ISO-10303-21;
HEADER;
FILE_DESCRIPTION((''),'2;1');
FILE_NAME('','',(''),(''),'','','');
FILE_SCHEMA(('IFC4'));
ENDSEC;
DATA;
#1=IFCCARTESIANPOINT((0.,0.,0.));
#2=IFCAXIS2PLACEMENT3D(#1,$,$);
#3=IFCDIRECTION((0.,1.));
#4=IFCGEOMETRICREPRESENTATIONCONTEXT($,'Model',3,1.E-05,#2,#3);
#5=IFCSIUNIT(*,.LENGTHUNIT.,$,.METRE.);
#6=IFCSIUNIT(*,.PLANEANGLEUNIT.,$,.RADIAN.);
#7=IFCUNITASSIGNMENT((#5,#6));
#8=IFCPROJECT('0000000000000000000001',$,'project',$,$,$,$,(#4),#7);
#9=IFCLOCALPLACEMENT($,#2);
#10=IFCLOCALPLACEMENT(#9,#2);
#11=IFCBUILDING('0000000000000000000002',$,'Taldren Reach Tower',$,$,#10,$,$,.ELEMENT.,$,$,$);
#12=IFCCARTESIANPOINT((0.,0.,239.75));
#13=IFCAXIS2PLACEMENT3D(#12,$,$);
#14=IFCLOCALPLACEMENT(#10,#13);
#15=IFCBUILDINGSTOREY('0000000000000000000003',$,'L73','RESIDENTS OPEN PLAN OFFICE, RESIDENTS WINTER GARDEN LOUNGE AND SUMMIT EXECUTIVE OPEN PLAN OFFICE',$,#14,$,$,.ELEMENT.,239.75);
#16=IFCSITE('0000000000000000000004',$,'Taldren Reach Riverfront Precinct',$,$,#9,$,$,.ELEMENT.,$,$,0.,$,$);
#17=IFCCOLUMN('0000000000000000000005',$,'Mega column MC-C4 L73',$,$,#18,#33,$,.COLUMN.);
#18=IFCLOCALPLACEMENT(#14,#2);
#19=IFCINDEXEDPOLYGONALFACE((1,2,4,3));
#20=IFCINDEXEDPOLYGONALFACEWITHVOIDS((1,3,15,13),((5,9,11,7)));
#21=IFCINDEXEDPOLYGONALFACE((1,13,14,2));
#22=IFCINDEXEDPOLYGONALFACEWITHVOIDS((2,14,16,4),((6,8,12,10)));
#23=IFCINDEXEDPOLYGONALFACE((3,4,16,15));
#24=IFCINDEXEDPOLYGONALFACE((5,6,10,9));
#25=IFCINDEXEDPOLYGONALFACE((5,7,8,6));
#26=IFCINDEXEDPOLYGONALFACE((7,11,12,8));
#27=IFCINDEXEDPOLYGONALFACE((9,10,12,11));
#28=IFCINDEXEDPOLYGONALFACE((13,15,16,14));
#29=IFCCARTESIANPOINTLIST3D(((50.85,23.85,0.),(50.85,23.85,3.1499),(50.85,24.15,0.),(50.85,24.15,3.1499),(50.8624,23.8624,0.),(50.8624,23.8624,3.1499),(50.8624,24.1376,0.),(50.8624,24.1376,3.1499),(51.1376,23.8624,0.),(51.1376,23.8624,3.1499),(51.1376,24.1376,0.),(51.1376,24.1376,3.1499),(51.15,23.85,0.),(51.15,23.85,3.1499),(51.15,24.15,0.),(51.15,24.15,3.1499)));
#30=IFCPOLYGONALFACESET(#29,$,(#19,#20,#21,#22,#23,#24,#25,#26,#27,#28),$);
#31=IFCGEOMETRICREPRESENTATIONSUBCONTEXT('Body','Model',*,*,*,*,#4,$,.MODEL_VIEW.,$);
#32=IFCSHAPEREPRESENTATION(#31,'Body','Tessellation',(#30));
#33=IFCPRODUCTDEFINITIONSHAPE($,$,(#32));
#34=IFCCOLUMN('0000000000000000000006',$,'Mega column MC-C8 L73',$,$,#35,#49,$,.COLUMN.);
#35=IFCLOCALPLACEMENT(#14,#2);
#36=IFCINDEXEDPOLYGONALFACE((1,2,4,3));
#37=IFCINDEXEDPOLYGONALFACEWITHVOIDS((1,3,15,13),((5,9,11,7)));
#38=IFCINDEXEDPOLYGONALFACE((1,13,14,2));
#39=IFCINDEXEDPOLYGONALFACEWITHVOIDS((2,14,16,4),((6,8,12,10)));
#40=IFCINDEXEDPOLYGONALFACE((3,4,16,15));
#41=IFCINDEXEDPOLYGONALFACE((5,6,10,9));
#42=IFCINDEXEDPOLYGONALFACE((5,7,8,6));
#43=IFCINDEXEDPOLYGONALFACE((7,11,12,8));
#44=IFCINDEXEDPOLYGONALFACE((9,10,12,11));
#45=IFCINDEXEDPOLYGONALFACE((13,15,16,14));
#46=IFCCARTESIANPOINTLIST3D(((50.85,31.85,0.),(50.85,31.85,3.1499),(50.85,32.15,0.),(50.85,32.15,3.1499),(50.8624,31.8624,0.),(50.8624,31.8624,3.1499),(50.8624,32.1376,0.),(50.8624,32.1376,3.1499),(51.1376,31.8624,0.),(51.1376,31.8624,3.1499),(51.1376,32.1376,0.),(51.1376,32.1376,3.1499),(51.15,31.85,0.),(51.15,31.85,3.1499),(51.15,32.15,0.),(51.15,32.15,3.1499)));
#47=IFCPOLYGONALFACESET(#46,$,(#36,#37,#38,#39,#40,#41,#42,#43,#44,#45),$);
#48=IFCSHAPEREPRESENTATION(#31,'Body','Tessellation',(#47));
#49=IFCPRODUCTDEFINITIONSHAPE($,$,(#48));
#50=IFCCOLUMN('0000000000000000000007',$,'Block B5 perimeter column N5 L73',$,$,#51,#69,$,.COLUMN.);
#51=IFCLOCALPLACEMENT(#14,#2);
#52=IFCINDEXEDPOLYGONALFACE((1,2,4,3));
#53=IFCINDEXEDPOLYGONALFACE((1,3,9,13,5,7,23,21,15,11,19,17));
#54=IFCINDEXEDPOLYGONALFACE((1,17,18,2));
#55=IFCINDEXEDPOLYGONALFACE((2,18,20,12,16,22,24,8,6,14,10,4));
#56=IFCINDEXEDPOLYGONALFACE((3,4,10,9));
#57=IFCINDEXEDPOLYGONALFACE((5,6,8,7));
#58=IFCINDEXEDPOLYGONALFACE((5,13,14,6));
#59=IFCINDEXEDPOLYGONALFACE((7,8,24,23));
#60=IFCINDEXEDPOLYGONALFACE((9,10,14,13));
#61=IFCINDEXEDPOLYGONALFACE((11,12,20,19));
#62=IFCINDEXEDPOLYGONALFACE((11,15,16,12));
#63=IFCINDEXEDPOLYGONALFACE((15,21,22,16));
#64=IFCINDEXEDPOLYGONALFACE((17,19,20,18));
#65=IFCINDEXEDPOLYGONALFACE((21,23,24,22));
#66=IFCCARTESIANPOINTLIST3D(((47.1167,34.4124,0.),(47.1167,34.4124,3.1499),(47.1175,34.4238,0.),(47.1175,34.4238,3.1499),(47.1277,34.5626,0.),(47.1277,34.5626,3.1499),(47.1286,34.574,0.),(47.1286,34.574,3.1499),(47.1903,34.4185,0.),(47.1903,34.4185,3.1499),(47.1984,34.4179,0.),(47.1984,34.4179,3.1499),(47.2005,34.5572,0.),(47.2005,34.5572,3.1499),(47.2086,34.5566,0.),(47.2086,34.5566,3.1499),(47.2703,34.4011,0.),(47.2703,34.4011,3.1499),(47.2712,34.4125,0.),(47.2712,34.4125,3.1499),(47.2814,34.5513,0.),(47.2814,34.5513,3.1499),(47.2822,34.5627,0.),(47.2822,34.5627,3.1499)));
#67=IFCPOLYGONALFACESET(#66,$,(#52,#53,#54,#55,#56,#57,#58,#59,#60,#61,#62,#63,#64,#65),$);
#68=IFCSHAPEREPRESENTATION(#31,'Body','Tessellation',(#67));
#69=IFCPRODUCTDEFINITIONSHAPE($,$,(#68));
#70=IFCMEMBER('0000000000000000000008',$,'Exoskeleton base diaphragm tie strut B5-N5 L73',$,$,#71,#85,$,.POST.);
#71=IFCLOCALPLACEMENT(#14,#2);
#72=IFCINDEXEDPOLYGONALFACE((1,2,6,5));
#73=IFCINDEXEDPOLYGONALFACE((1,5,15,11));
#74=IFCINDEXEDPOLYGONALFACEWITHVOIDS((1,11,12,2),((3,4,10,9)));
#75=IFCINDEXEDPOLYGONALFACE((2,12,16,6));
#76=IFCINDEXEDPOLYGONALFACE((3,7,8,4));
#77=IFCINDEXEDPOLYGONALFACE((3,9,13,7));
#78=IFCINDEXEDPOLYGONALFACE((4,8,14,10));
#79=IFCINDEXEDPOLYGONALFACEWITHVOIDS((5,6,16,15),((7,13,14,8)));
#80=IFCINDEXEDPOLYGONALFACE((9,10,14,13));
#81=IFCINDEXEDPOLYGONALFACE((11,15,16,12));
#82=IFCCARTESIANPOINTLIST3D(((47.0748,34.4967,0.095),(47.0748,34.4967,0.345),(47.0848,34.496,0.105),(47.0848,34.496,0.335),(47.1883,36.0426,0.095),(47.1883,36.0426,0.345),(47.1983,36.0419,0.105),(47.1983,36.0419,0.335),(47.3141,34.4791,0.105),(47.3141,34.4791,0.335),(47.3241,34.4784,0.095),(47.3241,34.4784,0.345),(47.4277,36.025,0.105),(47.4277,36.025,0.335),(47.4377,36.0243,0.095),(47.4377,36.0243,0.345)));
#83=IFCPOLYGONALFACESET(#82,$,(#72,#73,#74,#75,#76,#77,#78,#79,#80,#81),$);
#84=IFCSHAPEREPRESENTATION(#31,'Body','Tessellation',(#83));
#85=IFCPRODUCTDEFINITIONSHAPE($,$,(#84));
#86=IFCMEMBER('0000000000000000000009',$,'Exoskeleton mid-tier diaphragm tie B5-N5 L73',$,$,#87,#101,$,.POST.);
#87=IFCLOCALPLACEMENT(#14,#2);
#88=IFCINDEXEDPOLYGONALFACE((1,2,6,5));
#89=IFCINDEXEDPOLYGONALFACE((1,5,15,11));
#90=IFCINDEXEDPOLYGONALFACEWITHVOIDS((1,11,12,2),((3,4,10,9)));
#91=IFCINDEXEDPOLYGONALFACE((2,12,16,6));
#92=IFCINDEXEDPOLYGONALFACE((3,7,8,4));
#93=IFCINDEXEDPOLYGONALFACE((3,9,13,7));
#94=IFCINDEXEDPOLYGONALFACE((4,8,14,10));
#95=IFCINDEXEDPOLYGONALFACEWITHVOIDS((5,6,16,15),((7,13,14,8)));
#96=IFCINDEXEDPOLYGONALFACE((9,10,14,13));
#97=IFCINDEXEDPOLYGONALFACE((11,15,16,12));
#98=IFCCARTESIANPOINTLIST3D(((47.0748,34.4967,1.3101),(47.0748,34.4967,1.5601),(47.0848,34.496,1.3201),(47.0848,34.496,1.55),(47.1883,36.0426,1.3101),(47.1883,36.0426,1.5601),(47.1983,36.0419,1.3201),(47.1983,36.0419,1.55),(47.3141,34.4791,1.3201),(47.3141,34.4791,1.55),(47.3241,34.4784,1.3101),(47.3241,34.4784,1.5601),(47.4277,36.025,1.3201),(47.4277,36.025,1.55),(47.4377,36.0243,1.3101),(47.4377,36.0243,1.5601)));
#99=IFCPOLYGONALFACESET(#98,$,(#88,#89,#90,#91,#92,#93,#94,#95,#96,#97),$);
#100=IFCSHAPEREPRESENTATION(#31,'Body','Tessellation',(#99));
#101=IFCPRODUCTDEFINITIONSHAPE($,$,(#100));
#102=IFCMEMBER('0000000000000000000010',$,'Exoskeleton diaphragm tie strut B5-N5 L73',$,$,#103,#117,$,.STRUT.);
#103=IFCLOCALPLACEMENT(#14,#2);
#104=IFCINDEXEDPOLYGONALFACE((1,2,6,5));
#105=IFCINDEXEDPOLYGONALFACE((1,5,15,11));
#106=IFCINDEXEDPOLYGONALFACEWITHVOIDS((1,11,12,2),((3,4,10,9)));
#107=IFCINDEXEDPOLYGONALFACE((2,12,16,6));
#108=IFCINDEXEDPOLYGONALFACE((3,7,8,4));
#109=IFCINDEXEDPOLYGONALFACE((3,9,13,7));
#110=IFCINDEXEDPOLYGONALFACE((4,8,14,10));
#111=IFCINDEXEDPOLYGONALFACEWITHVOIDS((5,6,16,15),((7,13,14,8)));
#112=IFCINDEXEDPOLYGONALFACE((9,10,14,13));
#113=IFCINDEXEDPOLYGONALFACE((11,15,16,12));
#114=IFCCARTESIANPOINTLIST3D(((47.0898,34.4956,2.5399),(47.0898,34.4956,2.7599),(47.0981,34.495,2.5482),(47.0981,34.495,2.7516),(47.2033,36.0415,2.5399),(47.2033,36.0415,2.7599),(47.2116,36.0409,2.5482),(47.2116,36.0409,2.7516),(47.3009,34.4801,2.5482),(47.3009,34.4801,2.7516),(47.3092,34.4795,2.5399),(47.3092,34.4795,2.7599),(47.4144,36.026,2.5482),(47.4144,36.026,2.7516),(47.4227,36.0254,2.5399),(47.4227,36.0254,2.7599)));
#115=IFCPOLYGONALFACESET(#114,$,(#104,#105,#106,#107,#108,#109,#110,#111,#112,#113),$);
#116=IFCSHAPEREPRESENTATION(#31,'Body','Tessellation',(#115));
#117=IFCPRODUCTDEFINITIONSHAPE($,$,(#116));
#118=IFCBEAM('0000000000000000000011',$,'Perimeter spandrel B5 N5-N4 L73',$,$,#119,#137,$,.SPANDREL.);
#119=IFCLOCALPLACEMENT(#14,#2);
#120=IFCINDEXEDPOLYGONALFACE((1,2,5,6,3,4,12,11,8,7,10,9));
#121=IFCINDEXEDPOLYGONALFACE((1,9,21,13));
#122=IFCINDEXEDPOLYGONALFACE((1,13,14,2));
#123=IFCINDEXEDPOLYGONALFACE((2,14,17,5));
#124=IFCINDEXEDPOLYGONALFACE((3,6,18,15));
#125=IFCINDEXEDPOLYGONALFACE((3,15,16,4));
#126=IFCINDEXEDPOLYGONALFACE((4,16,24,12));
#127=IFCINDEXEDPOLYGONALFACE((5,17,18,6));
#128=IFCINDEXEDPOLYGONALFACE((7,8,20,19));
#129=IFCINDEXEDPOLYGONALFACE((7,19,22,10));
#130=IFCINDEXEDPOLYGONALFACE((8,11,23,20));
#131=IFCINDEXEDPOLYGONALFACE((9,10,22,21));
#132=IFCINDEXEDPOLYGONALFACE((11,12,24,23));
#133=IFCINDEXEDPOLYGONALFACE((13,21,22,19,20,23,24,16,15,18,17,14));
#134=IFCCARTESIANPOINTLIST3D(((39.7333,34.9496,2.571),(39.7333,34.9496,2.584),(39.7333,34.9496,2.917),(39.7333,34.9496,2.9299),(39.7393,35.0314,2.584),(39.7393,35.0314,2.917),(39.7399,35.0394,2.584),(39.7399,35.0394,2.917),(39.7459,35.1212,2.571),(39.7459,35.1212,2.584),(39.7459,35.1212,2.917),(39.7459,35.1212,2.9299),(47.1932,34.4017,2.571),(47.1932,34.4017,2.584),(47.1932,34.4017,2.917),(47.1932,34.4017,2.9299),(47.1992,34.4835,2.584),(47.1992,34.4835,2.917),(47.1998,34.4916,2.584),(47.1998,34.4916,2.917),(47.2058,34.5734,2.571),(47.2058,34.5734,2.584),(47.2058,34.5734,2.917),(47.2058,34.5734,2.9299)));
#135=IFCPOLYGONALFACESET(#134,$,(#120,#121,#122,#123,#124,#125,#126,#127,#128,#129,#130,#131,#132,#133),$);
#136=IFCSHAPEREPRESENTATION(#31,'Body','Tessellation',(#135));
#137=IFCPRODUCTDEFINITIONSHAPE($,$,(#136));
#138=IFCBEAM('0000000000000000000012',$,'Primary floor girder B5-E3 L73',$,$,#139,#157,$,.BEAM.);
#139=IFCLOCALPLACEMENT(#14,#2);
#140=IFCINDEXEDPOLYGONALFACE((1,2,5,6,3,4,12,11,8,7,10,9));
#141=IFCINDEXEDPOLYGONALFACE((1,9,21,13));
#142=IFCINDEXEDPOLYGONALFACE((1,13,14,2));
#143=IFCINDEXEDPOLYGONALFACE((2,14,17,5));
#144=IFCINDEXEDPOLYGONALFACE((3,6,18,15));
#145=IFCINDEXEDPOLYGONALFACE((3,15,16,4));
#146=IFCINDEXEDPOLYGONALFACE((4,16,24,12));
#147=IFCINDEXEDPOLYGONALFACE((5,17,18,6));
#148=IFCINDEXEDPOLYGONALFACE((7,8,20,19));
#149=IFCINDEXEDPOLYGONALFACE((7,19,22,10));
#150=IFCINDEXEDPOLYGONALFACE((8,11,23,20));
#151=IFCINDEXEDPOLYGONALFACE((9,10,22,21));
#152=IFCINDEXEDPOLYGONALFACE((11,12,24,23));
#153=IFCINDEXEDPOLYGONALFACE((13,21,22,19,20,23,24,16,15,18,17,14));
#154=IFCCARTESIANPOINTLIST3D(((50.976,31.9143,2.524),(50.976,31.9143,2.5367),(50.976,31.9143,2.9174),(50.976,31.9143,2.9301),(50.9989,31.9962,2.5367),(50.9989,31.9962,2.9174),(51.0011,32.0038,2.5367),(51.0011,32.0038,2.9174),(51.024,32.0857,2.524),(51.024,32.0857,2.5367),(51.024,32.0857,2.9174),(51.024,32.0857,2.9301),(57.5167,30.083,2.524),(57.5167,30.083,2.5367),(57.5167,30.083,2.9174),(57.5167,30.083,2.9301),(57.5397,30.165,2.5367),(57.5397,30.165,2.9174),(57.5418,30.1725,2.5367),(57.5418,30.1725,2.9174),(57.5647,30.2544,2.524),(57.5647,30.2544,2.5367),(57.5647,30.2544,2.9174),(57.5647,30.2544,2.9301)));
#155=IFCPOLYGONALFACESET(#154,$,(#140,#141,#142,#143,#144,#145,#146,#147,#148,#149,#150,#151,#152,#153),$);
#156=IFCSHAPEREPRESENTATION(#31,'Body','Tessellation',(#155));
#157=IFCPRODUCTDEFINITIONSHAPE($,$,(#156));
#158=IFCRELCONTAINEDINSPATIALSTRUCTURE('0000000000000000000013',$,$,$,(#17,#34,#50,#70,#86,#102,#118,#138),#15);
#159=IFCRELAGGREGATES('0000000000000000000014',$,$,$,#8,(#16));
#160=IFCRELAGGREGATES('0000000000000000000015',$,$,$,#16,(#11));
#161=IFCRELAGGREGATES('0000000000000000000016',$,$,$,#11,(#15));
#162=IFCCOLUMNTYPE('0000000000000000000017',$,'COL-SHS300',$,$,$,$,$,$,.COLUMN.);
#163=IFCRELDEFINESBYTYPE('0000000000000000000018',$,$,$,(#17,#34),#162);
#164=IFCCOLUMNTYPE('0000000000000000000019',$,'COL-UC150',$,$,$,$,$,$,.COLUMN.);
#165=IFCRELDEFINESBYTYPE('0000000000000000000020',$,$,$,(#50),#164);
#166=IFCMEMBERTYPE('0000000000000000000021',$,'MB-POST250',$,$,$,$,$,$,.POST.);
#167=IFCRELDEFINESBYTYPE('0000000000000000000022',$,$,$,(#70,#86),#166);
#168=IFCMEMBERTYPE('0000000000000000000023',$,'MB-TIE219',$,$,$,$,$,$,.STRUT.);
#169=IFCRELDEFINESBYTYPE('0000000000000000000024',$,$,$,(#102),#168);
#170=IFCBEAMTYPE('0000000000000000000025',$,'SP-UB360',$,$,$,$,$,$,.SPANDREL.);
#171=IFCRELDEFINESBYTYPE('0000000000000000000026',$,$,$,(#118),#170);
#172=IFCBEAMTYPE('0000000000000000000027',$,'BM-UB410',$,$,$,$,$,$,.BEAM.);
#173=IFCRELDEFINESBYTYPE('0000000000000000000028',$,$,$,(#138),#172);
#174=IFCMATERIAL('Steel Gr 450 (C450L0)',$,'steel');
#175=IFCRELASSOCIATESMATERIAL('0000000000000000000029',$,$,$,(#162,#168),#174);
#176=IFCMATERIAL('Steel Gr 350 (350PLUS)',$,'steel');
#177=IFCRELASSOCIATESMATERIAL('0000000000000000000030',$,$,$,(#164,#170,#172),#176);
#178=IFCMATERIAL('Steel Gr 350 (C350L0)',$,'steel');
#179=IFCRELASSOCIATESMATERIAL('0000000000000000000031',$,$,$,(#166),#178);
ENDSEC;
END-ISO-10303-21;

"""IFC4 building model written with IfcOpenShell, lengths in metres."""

from ifc_helpers import new_model, si_unit, direction, frame, origin, origin_2d, place, context, subcontext, project, spatial, hollow_rectangle, i_section, extrude, source, transform, mapped, material, material_profile, profile_set, type_object, element, save


model = new_model("IFC4")

# Units and contexts
model_context = context("Model", 3, precision=1e-05, world=origin(), true_north=direction((0.0, 1.0)))
body_context = subcontext(model_context, "Body", "Model", "MODEL_VIEW")
ifc_project = project(units=[si_unit("LENGTHUNIT", "METRE"), si_unit("PLANEANGLEUNIT", "RADIAN")], contexts=[model_context])

# Site, building, storey
site_placement = place(None, origin())
site = spatial("IfcSite", under=ifc_project, at=site_placement, Name="Taldren Reach Riverfront Precinct", CompositionType="ELEMENT", RefElevation=0.0)
building_placement = place(site_placement, origin())
building = spatial("IfcBuilding", under=site, at=building_placement, Name="Taldren Reach Tower", CompositionType="ELEMENT")
storey_placement = place(building_placement, frame((0.0, 0.0, 239.75)))
storey = spatial("IfcBuildingStorey", under=building, at=storey_placement, Name="L73", Description="RESIDENTS OPEN PLAN OFFICE, RESIDENTS WINTER GARDEN LOUNGE AND SUMMIT EXECUTIVE OPEN PLAN OFFICE", CompositionType="ELEMENT", Elevation=239.75)

# Columns
ifc_material_1 = material(Name="Steel Gr 450 (C450L0)", Category="steel")
ifc_material_profile_1 = material_profile(ifc_material_1, hollow_rectangle(XDim=0.3, YDim=0.3, WallThickness=0.0125, at=origin_2d()), Name="300x300x12.5SHS")
ifc_profile_set_1 = profile_set([ifc_material_profile_1], Name="Steel Gr 450 (C450L0)")
column_type_1 = type_object("IfcColumnType", Name="COL-SHS300", PredefinedType="COLUMN", material=ifc_profile_set_1)
shared_shape_1 = source(origin(), body_context, "Body", "SweptSolid", [
    extrude(hollow_rectangle(XDim=0.3, YDim=0.3, WallThickness=0.0125, at=origin_2d()), origin(), (0.0, 0.0, 1.0), 3.1499),
])
for number, where, z_axis, x_axis, name in (
    (1, (51.0, 24.0, 0.0), (0.0, 0.0, 1.0), (1.0, 0.0, 0.0), "Mega column MC-C4 L73"),
    (2, (51.0, 32.0, 0.0), (0.0, 0.0, 1.0), (1.0, 0.0, 0.0), "Mega column MC-C8 L73"),
):
    element("IfcColumn", number, at=place(storey_placement, frame(where, z_axis=z_axis, x_axis=x_axis)), inside=storey, type_object=column_type_1, Name=name, PredefinedType="COLUMN", context=body_context, shape_type="MappedRepresentation", body=[
        mapped(shared_shape_1, transform((0.0, 0.0, 0.0), scale=1.0)),
    ])
ifc_material_2 = material(Name="Steel Gr 350 (350PLUS)", Category="steel")
ifc_material_profile_2 = material_profile(ifc_material_2, i_section(OverallWidth=0.1541, OverallDepth=0.1621, WebThickness=0.0081, FlangeThickness=0.0115, at=origin_2d()), Name="150UC37.2")
ifc_profile_set_2 = profile_set([ifc_material_profile_2], Name="Steel Gr 350 (350PLUS)")
column_type_2 = type_object("IfcColumnType", Name="COL-UC150", PredefinedType="COLUMN", material=ifc_profile_set_2)
shared_shape_2 = source(origin(), body_context, "Body", "SweptSolid", [
    extrude(i_section(OverallWidth=0.1541, OverallDepth=0.1621, WebThickness=0.0081, FlangeThickness=0.0115, at=origin_2d()), origin(), (0.0, 0.0, 1.0), 3.1499),
])
column_placement = place(storey_placement, frame((47.1995, 34.4875, 0.0), z_axis=(0.0, 0.0, 1.0), x_axis=(0.997314, -0.073238, 0.0)))
element("IfcColumn", 3, at=column_placement, inside=storey, type_object=column_type_2, Name="Block B5 perimeter column N5 L73", PredefinedType="COLUMN", context=body_context, shape_type="MappedRepresentation", body=[
    mapped(shared_shape_2, transform((0.0, 0.0, 0.0), scale=1.0)),
])

# Members
ifc_material_3 = material(Name="Steel Gr 350 (C350L0)", Category="steel")
ifc_material_profile_3 = material_profile(ifc_material_3, hollow_rectangle(XDim=0.25, YDim=0.25, WallThickness=0.01, at=origin_2d()), Name="250x250x10.0SHS")
ifc_profile_set_3 = profile_set([ifc_material_profile_3], Name="Steel Gr 350 (C350L0)")
member_type_1 = type_object("IfcMemberType", Name="MB-POST250", PredefinedType="POST", material=ifc_profile_set_3)
shared_shape_3 = source(origin(), body_context, "Body", "SweptSolid", [
    extrude(hollow_rectangle(XDim=0.25, YDim=0.25, WallThickness=0.01, at=origin_2d()), origin(), (0.0, 0.0, 1.0), 1.55),
])
for number, where, z_axis, x_axis, name in (
    (4, (47.1995, 34.4875, 0.22), (0.073239, 0.997314, 0.0), (-0.997314, 0.073239, 0.0), "Exoskeleton base diaphragm tie strut B5-N5 L73"),
    (5, (47.1995, 34.4875, 1.4351), (0.073239, 0.997314, 0.0), (-0.997314, 0.073239, 0.0), "Exoskeleton mid-tier diaphragm tie B5-N5 L73"),
):
    element("IfcMember", number, at=place(storey_placement, frame(where, z_axis=z_axis, x_axis=x_axis)), inside=storey, type_object=member_type_1, Name=name, PredefinedType="POST", context=body_context, shape_type="MappedRepresentation", body=[
        mapped(shared_shape_3, transform((0.0, 0.0, 0.0), scale=1.0)),
    ])
ifc_material_profile_4 = material_profile(ifc_material_1, hollow_rectangle(XDim=0.22, YDim=0.22, WallThickness=0.0083, at=origin_2d()), Name="220x220x8.2SHS")
ifc_profile_set_4 = profile_set([ifc_material_profile_4], Name="Steel Gr 450 (C450L0)")
member_type_2 = type_object("IfcMemberType", Name="MB-TIE219", PredefinedType="STRUT", material=ifc_profile_set_4)
shared_shape_4 = source(origin(), body_context, "Body", "SweptSolid", [
    extrude(hollow_rectangle(XDim=0.22, YDim=0.22, WallThickness=0.0083, at=origin_2d()), origin(), (0.0, 0.0, 1.0), 1.55),
])
member_1_placement = place(storey_placement, frame((47.1995, 34.4875, 2.6499), z_axis=(0.073239, 0.997314, 0.0), x_axis=(-0.997314, 0.073239, 0.0)))
element("IfcMember", 6, at=member_1_placement, inside=storey, type_object=member_type_2, Name="Exoskeleton diaphragm tie strut B5-N5 L73", PredefinedType="STRUT", context=body_context, shape_type="MappedRepresentation", body=[
    mapped(shared_shape_4, transform((0.0, 0.0, 0.0), scale=1.0)),
])

# Beams
ifc_material_profile_5 = material_profile(ifc_material_2, i_section(OverallWidth=0.1721, OverallDepth=0.3589, WebThickness=0.0081, FlangeThickness=0.0129, at=origin_2d()), Name="360UB56.7")
ifc_profile_set_5 = profile_set([ifc_material_profile_5], Name="Steel Gr 350 (350PLUS)")
beam_type_1 = type_object("IfcBeamType", Name="SP-UB360", PredefinedType="SPANDREL", material=ifc_profile_set_5)
shared_shape_5 = source(origin(), body_context, "Body", "SweptSolid", [
    extrude(i_section(OverallWidth=0.1721, OverallDepth=0.3589, WebThickness=0.0081, FlangeThickness=0.0129, at=origin_2d()), origin(), (0.0, 0.0, 1.0), 7.48),
])
beam_1_placement = place(storey_placement, frame((47.1995, 34.4875, 2.7505), z_axis=(-0.997314, 0.073242, 0.0), x_axis=(-0.073242, -0.997314, 0.0)))
element("IfcBeam", 7, at=beam_1_placement, inside=storey, type_object=beam_type_1, Name="Perimeter spandrel B5 N5-N4 L73", PredefinedType="SPANDREL", context=body_context, shape_type="MappedRepresentation", body=[
    mapped(shared_shape_5, transform((0.0, 0.0, 0.0), scale=1.0)),
])
ifc_material_profile_6 = material_profile(ifc_material_2, i_section(OverallWidth=0.178, OverallDepth=0.406, WebThickness=0.0078, FlangeThickness=0.0127, at=origin_2d()), Name="410UB59.7")
ifc_profile_set_6 = profile_set([ifc_material_profile_6], Name="Steel Gr 350 (350PLUS)")
beam_type_2 = type_object("IfcBeamType", Name="BM-UB410", PredefinedType="BEAM", material=ifc_profile_set_6)
shared_shape_6 = source(origin(), body_context, "Body", "SweptSolid", [
    extrude(i_section(OverallWidth=0.178, OverallDepth=0.406, WebThickness=0.0078, FlangeThickness=0.0127, at=origin_2d()), origin(), (0.0, 0.0, 1.0), 6.7922),
])
beam_2_placement = place(storey_placement, frame((51.0, 32.0, 2.7271), z_axis=(0.962968, -0.269614, 0.0), x_axis=(0.269614, 0.962968, 0.0)))
element("IfcBeam", 8, at=beam_2_placement, inside=storey, type_object=beam_type_2, Name="Primary floor girder B5-E3 L73", PredefinedType="BEAM", context=body_context, shape_type="MappedRepresentation", body=[
    mapped(shared_shape_6, transform((0.0, 0.0, 0.0), scale=1.0)),
])

save(model, "model.ifc")
